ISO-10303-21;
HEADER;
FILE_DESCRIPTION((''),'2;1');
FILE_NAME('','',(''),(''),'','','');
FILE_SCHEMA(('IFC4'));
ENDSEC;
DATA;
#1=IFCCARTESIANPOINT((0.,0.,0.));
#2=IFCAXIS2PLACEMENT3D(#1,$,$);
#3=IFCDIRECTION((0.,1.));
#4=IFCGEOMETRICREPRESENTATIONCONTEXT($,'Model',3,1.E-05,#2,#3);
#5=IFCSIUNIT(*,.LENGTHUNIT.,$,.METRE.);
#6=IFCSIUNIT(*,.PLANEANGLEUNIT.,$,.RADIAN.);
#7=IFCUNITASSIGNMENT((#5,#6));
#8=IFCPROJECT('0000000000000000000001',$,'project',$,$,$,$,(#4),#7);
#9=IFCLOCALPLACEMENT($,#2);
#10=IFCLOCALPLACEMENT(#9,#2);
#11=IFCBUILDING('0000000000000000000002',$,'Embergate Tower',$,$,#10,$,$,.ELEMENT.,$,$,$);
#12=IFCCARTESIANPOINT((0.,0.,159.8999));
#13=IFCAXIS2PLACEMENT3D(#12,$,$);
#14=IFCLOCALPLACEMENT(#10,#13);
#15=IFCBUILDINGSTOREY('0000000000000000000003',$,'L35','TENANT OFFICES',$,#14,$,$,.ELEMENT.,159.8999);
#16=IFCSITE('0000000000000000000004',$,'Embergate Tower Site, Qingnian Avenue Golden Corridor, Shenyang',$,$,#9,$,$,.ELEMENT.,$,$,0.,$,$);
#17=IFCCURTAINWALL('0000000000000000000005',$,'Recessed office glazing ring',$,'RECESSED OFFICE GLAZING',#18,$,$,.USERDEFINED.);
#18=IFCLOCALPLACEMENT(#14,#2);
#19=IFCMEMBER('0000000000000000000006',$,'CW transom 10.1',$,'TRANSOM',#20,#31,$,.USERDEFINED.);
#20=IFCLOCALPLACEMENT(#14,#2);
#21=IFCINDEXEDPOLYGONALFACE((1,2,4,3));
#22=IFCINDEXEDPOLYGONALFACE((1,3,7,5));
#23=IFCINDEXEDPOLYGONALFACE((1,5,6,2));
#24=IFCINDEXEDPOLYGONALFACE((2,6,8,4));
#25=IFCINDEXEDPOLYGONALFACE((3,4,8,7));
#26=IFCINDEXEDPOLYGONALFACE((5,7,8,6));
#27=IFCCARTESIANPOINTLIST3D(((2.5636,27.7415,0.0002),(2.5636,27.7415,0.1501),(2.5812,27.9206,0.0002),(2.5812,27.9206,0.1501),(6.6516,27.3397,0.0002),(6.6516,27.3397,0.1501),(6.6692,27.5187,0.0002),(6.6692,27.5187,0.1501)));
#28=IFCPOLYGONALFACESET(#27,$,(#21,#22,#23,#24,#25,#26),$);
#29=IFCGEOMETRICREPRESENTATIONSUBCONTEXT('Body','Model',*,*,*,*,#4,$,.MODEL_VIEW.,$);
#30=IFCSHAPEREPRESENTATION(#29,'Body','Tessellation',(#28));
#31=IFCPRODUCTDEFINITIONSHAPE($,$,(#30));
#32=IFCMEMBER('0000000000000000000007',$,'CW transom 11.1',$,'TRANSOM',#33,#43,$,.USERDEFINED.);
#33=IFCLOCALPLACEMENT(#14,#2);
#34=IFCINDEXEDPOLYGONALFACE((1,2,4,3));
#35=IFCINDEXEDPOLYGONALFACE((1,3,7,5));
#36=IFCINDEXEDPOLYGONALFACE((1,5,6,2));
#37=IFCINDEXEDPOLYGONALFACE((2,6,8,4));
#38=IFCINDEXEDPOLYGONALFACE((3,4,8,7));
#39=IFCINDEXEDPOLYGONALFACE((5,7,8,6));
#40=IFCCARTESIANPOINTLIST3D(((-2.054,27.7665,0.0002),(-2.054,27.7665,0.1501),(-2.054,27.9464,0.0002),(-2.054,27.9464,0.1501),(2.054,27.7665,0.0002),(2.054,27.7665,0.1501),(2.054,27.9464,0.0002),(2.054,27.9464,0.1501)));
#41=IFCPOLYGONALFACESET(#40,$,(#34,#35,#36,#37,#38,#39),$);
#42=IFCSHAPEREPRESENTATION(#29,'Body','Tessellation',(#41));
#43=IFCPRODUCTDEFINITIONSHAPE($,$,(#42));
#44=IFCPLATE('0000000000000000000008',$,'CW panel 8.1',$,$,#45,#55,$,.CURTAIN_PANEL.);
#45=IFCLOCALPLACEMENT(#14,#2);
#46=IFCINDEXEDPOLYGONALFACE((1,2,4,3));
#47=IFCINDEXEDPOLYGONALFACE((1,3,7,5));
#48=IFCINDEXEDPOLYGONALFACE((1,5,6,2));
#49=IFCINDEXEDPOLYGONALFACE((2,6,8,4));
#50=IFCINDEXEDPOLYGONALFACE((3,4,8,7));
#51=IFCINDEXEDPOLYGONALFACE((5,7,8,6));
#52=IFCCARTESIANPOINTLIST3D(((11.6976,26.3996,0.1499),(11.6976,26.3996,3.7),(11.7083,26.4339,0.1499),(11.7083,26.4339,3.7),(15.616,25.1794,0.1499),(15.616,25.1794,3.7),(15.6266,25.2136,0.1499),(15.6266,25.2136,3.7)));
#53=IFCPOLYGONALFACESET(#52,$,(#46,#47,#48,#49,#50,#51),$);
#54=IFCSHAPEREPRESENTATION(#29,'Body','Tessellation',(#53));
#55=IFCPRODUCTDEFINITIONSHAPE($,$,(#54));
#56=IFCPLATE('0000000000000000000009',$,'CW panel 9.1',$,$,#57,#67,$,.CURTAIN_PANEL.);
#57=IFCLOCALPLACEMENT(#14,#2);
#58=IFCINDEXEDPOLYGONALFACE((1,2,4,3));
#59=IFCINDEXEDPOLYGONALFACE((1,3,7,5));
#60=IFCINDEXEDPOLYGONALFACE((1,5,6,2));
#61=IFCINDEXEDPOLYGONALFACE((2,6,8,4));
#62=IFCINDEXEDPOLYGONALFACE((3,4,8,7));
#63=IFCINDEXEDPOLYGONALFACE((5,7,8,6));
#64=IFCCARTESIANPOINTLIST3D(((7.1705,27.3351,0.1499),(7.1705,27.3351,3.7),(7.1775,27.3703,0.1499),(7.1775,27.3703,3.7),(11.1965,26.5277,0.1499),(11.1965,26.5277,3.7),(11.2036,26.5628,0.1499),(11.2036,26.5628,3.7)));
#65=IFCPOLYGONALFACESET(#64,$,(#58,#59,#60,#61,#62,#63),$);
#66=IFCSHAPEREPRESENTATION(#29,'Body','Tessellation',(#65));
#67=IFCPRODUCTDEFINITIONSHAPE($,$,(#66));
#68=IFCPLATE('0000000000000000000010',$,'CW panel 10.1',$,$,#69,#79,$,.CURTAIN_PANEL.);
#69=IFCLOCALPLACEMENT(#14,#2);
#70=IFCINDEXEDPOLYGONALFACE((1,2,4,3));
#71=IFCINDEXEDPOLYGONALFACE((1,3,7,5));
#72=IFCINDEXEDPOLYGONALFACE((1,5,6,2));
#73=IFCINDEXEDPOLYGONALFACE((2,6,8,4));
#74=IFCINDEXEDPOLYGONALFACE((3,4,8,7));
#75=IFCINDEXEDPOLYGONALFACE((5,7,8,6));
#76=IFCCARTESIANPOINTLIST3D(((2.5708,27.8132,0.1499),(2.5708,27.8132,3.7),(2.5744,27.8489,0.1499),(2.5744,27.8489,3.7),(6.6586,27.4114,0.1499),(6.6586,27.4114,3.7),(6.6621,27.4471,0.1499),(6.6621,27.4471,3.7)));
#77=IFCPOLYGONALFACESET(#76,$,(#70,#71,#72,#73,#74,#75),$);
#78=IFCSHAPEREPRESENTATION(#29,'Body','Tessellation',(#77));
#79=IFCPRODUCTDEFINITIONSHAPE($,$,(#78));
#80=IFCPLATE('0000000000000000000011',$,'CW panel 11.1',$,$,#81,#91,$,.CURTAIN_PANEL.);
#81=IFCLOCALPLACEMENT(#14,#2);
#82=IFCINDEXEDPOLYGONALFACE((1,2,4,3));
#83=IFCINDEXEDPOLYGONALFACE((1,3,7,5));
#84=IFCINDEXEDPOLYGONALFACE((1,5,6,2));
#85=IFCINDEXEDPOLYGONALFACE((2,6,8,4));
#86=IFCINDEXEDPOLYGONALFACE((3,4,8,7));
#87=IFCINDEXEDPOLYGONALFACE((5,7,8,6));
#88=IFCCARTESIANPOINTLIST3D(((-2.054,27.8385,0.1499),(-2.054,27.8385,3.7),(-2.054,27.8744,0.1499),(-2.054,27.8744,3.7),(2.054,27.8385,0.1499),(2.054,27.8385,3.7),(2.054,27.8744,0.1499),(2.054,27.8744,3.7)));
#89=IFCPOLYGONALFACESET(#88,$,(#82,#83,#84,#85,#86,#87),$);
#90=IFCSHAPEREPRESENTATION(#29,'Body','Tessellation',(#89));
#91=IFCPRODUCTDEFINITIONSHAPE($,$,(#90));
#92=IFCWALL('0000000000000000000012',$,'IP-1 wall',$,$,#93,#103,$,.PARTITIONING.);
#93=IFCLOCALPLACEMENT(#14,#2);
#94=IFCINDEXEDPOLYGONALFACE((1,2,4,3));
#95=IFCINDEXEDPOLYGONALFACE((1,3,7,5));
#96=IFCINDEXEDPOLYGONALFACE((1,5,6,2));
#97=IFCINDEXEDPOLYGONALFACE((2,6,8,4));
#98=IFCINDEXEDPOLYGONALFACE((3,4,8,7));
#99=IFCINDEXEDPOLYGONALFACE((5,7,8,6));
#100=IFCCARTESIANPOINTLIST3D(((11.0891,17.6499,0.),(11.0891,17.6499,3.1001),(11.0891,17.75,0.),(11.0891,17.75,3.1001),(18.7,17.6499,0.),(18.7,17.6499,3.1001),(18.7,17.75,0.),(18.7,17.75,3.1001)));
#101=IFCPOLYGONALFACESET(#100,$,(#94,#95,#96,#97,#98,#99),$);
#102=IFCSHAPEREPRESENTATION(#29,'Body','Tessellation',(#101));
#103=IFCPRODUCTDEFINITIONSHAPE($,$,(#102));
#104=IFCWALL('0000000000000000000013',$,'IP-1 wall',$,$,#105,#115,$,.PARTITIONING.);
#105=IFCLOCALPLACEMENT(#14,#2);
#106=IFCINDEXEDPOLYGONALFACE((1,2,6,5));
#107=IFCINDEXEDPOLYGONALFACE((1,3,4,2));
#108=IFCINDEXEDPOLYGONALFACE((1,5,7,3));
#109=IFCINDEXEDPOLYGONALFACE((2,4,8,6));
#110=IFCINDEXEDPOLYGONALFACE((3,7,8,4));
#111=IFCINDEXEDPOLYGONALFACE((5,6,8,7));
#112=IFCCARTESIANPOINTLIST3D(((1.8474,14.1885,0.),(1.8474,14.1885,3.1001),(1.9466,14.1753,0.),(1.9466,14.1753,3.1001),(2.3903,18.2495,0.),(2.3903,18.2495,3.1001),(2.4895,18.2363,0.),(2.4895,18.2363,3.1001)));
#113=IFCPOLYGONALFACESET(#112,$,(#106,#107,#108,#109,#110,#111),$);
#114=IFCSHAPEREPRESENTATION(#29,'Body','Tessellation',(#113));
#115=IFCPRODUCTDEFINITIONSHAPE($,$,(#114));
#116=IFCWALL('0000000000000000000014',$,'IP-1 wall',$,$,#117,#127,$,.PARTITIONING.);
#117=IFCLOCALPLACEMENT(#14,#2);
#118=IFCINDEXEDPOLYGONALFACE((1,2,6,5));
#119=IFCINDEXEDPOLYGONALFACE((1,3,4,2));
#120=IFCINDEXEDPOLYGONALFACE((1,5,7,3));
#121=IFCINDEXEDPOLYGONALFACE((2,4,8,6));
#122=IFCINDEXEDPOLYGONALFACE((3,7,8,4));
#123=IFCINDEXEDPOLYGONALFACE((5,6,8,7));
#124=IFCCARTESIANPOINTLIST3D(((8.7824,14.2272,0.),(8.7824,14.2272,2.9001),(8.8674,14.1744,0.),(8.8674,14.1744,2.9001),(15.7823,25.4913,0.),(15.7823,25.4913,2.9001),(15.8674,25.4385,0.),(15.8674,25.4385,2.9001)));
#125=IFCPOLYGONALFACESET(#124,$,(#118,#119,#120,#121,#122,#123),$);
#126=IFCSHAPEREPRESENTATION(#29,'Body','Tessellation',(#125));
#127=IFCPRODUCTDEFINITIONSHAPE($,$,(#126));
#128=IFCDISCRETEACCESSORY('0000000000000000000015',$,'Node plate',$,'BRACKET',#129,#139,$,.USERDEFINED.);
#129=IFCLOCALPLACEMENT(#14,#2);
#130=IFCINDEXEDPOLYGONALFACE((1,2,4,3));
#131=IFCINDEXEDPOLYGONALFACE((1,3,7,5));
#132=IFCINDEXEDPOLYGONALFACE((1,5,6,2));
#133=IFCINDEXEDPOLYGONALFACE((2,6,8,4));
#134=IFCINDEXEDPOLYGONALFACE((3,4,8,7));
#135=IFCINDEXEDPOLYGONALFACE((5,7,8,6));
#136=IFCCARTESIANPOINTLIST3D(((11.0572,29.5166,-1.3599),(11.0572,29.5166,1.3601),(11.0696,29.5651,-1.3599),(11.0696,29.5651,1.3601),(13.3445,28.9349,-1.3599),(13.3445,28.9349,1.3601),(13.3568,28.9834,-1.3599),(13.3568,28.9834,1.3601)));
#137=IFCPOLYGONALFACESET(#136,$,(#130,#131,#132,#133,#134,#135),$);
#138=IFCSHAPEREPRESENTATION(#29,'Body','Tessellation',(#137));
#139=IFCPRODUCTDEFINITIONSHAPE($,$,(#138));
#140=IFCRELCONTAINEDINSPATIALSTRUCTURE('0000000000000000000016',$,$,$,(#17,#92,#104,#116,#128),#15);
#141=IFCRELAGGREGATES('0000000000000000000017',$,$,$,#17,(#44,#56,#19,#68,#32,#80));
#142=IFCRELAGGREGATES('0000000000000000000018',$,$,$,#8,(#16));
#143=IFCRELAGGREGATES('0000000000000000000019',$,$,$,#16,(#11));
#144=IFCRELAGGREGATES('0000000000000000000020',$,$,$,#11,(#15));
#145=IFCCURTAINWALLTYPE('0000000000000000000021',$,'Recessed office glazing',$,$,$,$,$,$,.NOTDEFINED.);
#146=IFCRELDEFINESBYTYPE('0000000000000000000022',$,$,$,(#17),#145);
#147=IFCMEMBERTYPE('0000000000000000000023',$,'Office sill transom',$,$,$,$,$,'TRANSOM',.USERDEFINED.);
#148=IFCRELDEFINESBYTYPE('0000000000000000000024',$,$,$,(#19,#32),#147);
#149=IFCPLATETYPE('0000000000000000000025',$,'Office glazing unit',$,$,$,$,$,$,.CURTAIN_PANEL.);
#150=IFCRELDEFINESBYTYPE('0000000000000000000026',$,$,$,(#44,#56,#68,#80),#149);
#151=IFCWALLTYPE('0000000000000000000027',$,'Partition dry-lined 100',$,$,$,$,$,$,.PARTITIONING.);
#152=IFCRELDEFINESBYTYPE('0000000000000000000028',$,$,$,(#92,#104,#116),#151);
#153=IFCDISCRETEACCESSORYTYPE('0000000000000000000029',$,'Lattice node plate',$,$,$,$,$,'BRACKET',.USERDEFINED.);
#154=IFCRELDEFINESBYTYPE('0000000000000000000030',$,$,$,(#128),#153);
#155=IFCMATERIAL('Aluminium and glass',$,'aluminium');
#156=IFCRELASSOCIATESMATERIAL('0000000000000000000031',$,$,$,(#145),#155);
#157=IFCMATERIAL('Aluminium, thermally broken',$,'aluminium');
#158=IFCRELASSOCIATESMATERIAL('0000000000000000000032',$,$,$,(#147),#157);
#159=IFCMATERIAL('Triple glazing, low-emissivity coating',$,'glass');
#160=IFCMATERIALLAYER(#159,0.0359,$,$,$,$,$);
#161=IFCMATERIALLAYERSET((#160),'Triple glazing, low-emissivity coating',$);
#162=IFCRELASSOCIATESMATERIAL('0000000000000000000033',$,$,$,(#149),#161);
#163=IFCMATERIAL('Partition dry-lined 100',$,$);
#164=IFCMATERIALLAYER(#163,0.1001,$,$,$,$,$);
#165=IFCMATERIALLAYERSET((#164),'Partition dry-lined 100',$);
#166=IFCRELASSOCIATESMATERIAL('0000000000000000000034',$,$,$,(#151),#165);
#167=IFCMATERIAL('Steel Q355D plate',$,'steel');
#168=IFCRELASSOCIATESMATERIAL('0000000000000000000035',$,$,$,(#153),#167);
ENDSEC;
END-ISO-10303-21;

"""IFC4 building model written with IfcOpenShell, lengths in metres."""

from ifc_helpers import new_model, si_unit, direction, frame, frame_2d, origin, origin_2d, place, context, subcontext, project, spatial, rectangle, extrude, source, transform, mapped, material, layer, layer_set, material_profile, profile_set, type_object, element, aggregate, save


model = new_model("IFC4")

# Units and contexts
model_context = context("Model", 3, precision=1e-05, world=origin(), true_north=direction((0.0, 1.0)))
body_context = subcontext(model_context, "Body", "Model", "MODEL_VIEW")
ifc_project = project(units=[si_unit("LENGTHUNIT", "METRE"), si_unit("PLANEANGLEUNIT", "RADIAN")], contexts=[model_context])

# Site, building, storey
site_placement = place(None, origin())
site = spatial("IfcSite", under=ifc_project, at=site_placement, Name="Embergate Tower Site, Qingnian Avenue Golden Corridor, Shenyang", CompositionType="ELEMENT", RefElevation=0.0)
building_placement = place(site_placement, origin())
building = spatial("IfcBuilding", under=site, at=building_placement, Name="Embergate Tower", CompositionType="ELEMENT")
storey_placement = place(building_placement, frame((0.0, 0.0, 159.8999)))
storey = spatial("IfcBuildingStorey", under=building, at=storey_placement, Name="L35", Description="TENANT OFFICES", CompositionType="ELEMENT", Elevation=159.8999)

# Curtain wall, members, plates
ifc_material_1 = material(Name="Aluminium and glass", Category="aluminium")
curtain_wall_type = type_object("IfcCurtainWallType", Name="Recessed office glazing", PredefinedType="NOTDEFINED", material=ifc_material_1)
curtain_wall_placement = place(storey_placement, origin())
curtain_wall = element("IfcCurtainWall", 1, at=curtain_wall_placement, inside=storey, type_object=curtain_wall_type, Name="Recessed office glazing ring", ObjectType="RECESSED OFFICE GLAZING", PredefinedType="USERDEFINED")
ifc_material_2 = material(Name="Aluminium, thermally broken", Category="aluminium")
ifc_material_profile_1 = material_profile(ifc_material_2, rectangle(XDim=0.1799, YDim=0.1499, at=origin_2d()), Name="AL 150x180")
ifc_profile_set_1 = profile_set([ifc_material_profile_1], Name="Aluminium, thermally broken")
member_type_1 = type_object("IfcMemberType", Name="Office sill transom", ElementType="TRANSOM", PredefinedType="USERDEFINED", material=ifc_profile_set_1)
shared_shape_1 = source(origin(), body_context, "Body", "SweptSolid", [
    extrude(rectangle(XDim=0.1799, YDim=0.1499, at=origin_2d()), origin(), (0.0, 0.0, 1.0), 4.1077),
])
member_1_placement = place(storey_placement, frame((6.6604, 27.4292, 0.0752), z_axis=(-0.995203, 0.097832, 0.0), x_axis=(-0.097832, -0.995203, 0.0)))
member_1 = element("IfcMember", 2, at=member_1_placement, type_object=member_type_1, Name="CW transom 10.1", ObjectType="TRANSOM", PredefinedType="USERDEFINED", context=body_context, shape_type="MappedRepresentation", body=[
    mapped(shared_shape_1, transform((0.0, 0.0, 0.0))),
])
shared_shape_2 = source(origin(), body_context, "Body", "SweptSolid", [
    extrude(rectangle(XDim=0.1799, YDim=0.1499, at=origin_2d()), origin(), (0.0, 0.0, 1.0), 4.1079),
])
member_2_placement = place(storey_placement, frame((2.054, 27.8564, 0.0752), z_axis=(-1.0, 0.0, 0.0), x_axis=(0.0, -1.0, 0.0)))
member_2 = element("IfcMember", 3, at=member_2_placement, type_object=member_type_1, Name="CW transom 11.1", ObjectType="TRANSOM", PredefinedType="USERDEFINED", context=body_context, shape_type="MappedRepresentation", body=[
    mapped(shared_shape_2, transform((0.0, 0.0, 0.0))),
])
ifc_material_3 = material(Name="Triple glazing, low-emissivity coating", Category="glass")
ifc_layer_1 = layer(ifc_material_3, 0.0359)
ifc_layer_set_1 = layer_set([ifc_layer_1], Name="Triple glazing, low-emissivity coating")
plate_type = type_object("IfcPlateType", Name="Office glazing unit", PredefinedType="CURTAIN_PANEL", material=ifc_layer_set_1)
shared_shape_3 = source(origin(), body_context, "Body", "SweptSolid", [
    extrude(rectangle(XDim=4.104, YDim=0.0359, at=origin_2d()), origin(), (0.0, 0.0, 1.0), 3.55),
])
plate_1_placement = place(storey_placement, frame((13.6621, 25.8066, 0.1499), z_axis=(0.0, 0.0, 1.0), x_axis=(-0.954772, 0.297338, 0.0)))
plate_1 = element("IfcPlate", 4, at=plate_1_placement, type_object=plate_type, Name="CW panel 8.1", PredefinedType="CURTAIN_PANEL", context=body_context, shape_type="MappedRepresentation", body=[
    mapped(shared_shape_3, transform((0.0, 0.0, 0.0))),
])
shared_shape_4 = source(origin(), body_context, "Body", "SweptSolid", [
    extrude(rectangle(XDim=4.1062, YDim=0.0359, at=origin_2d()), origin(), (0.0, 0.0, 1.0), 3.55),
])
plate_2_placement = place(storey_placement, frame((9.187, 26.949, 0.1499), z_axis=(0.0, 0.0, 1.0), x_axis=(-0.980476, 0.196639, 0.0)))
plate_2 = element("IfcPlate", 5, at=plate_2_placement, type_object=plate_type, Name="CW panel 9.1", PredefinedType="CURTAIN_PANEL", context=body_context, shape_type="MappedRepresentation", body=[
    mapped(shared_shape_4, transform((0.0, 0.0, 0.0))),
])
shared_shape_5 = source(origin(), body_context, "Body", "SweptSolid", [
    extrude(rectangle(XDim=4.1074, YDim=0.0359, at=origin_2d()), origin(), (0.0, 0.0, 1.0), 3.55),
])
plate_3_placement = place(storey_placement, frame((4.6165, 27.6301, 0.1499), z_axis=(0.0, 0.0, 1.0), x_axis=(-0.995203, 0.09783, 0.0)))
plate_3 = element("IfcPlate", 6, at=plate_3_placement, type_object=plate_type, Name="CW panel 10.1", PredefinedType="CURTAIN_PANEL", context=body_context, shape_type="MappedRepresentation", body=[
    mapped(shared_shape_5, transform((0.0, 0.0, 0.0))),
])
shared_shape_6 = source(origin(), body_context, "Body", "SweptSolid", [
    extrude(rectangle(XDim=4.1079, YDim=0.0359, at=origin_2d()), origin(), (0.0, 0.0, 1.0), 3.55),
])
plate_4_placement = place(storey_placement, frame((0.0, 27.8564, 0.1499), z_axis=(0.0, 0.0, 1.0), x_axis=(-1.0, 0.0, 0.0)))
plate_4 = element("IfcPlate", 7, at=plate_4_placement, type_object=plate_type, Name="CW panel 11.1", PredefinedType="CURTAIN_PANEL", context=body_context, shape_type="MappedRepresentation", body=[
    mapped(shared_shape_6, transform((0.0, 0.0, 0.0))),
])
aggregate(curtain_wall, [plate_1, plate_2, member_1, plate_3, member_2, plate_4])

# Walls
ifc_material_4 = material(Name="Partition dry-lined 100")
ifc_layer_2 = layer(ifc_material_4, 0.1001)
ifc_layer_set_2 = layer_set([ifc_layer_2], Name="Partition dry-lined 100")
wall_type = type_object("IfcWallType", Name="Partition dry-lined 100", PredefinedType="PARTITIONING", material=ifc_layer_set_2)
shared_shape_7 = source(origin(), body_context, "Body", "SweptSolid", [
    extrude(rectangle(XDim=7.6108, YDim=0.1001, at=frame_2d((3.8054, 0.0))), origin(), (0.0, 0.0, 1.0), 3.1001),
])
wall_1_placement = place(storey_placement, frame((11.0891, 17.7, 0.0), z_axis=(0.0, 0.0, 1.0), x_axis=(1.0, 0.0, 0.0)))
element("IfcWall", 8, at=wall_1_placement, inside=storey, type_object=wall_type, Name="IP-1 wall", PredefinedType="PARTITIONING", context=body_context, shape_type="MappedRepresentation", body=[
    mapped(shared_shape_7, transform((0.0, 0.0, 0.0))),
])
shared_shape_8 = source(origin(), body_context, "Body", "SweptSolid", [
    extrude(rectangle(XDim=4.0972, YDim=0.1001, at=frame_2d((2.0486, 0.0))), origin(), (0.0, 0.0, 1.0), 3.1001),
])
wall_2_placement = place(storey_placement, frame((1.897, 14.1819, 0.0), z_axis=(0.0, 0.0, 1.0), x_axis=(0.132523, 0.99118, 0.0)))
element("IfcWall", 9, at=wall_2_placement, inside=storey, type_object=wall_type, Name="IP-1 wall", PredefinedType="PARTITIONING", context=body_context, shape_type="MappedRepresentation", body=[
    mapped(shared_shape_8, transform((0.0, 0.0, 0.0))),
])
shared_shape_9 = source(origin(), body_context, "Body", "SweptSolid", [
    extrude(rectangle(XDim=13.262, YDim=0.1001, at=frame_2d((6.6309, 0.0))), origin(), (0.0, 0.0, 1.0), 2.9001),
])
wall_3_placement = place(storey_placement, frame((8.825, 14.2009, 0.0), z_axis=(0.0, 0.0, 1.0), x_axis=(0.527823, 0.849354, 0.0)))
element("IfcWall", 10, at=wall_3_placement, inside=storey, type_object=wall_type, Name="IP-1 wall", PredefinedType="PARTITIONING", context=body_context, shape_type="MappedRepresentation", body=[
    mapped(shared_shape_9, transform((0.0, 0.0, 0.0))),
])

# Discrete accessory
ifc_material_5 = material(Name="Steel Q355D plate", Category="steel")
discrete_accessory_type = type_object("IfcDiscreteAccessoryType", Name="Lattice node plate", ElementType="BRACKET", PredefinedType="USERDEFINED", material=ifc_material_5)
shared_shape_10 = source(origin(), body_context, "Body", "SweptSolid", [
    extrude(rectangle(XDim=2.3601, YDim=0.05, at=origin_2d()), origin(), (0.0, 0.0, 1.0), 2.72),
])
discrete_accessory_placement = place(storey_placement, frame((12.207, 29.25, -1.3599), z_axis=(0.0, 0.0, 1.0), x_axis=(-0.969145, 0.246492, 0.0)))
element("IfcDiscreteAccessory", 11, at=discrete_accessory_placement, inside=storey, type_object=discrete_accessory_type, Name="Node plate", ObjectType="BRACKET", PredefinedType="USERDEFINED", context=body_context, shape_type="MappedRepresentation", body=[
    mapped(shared_shape_10, transform((0.0, 0.0, 0.0))),
])

save(model, "model.ifc")
